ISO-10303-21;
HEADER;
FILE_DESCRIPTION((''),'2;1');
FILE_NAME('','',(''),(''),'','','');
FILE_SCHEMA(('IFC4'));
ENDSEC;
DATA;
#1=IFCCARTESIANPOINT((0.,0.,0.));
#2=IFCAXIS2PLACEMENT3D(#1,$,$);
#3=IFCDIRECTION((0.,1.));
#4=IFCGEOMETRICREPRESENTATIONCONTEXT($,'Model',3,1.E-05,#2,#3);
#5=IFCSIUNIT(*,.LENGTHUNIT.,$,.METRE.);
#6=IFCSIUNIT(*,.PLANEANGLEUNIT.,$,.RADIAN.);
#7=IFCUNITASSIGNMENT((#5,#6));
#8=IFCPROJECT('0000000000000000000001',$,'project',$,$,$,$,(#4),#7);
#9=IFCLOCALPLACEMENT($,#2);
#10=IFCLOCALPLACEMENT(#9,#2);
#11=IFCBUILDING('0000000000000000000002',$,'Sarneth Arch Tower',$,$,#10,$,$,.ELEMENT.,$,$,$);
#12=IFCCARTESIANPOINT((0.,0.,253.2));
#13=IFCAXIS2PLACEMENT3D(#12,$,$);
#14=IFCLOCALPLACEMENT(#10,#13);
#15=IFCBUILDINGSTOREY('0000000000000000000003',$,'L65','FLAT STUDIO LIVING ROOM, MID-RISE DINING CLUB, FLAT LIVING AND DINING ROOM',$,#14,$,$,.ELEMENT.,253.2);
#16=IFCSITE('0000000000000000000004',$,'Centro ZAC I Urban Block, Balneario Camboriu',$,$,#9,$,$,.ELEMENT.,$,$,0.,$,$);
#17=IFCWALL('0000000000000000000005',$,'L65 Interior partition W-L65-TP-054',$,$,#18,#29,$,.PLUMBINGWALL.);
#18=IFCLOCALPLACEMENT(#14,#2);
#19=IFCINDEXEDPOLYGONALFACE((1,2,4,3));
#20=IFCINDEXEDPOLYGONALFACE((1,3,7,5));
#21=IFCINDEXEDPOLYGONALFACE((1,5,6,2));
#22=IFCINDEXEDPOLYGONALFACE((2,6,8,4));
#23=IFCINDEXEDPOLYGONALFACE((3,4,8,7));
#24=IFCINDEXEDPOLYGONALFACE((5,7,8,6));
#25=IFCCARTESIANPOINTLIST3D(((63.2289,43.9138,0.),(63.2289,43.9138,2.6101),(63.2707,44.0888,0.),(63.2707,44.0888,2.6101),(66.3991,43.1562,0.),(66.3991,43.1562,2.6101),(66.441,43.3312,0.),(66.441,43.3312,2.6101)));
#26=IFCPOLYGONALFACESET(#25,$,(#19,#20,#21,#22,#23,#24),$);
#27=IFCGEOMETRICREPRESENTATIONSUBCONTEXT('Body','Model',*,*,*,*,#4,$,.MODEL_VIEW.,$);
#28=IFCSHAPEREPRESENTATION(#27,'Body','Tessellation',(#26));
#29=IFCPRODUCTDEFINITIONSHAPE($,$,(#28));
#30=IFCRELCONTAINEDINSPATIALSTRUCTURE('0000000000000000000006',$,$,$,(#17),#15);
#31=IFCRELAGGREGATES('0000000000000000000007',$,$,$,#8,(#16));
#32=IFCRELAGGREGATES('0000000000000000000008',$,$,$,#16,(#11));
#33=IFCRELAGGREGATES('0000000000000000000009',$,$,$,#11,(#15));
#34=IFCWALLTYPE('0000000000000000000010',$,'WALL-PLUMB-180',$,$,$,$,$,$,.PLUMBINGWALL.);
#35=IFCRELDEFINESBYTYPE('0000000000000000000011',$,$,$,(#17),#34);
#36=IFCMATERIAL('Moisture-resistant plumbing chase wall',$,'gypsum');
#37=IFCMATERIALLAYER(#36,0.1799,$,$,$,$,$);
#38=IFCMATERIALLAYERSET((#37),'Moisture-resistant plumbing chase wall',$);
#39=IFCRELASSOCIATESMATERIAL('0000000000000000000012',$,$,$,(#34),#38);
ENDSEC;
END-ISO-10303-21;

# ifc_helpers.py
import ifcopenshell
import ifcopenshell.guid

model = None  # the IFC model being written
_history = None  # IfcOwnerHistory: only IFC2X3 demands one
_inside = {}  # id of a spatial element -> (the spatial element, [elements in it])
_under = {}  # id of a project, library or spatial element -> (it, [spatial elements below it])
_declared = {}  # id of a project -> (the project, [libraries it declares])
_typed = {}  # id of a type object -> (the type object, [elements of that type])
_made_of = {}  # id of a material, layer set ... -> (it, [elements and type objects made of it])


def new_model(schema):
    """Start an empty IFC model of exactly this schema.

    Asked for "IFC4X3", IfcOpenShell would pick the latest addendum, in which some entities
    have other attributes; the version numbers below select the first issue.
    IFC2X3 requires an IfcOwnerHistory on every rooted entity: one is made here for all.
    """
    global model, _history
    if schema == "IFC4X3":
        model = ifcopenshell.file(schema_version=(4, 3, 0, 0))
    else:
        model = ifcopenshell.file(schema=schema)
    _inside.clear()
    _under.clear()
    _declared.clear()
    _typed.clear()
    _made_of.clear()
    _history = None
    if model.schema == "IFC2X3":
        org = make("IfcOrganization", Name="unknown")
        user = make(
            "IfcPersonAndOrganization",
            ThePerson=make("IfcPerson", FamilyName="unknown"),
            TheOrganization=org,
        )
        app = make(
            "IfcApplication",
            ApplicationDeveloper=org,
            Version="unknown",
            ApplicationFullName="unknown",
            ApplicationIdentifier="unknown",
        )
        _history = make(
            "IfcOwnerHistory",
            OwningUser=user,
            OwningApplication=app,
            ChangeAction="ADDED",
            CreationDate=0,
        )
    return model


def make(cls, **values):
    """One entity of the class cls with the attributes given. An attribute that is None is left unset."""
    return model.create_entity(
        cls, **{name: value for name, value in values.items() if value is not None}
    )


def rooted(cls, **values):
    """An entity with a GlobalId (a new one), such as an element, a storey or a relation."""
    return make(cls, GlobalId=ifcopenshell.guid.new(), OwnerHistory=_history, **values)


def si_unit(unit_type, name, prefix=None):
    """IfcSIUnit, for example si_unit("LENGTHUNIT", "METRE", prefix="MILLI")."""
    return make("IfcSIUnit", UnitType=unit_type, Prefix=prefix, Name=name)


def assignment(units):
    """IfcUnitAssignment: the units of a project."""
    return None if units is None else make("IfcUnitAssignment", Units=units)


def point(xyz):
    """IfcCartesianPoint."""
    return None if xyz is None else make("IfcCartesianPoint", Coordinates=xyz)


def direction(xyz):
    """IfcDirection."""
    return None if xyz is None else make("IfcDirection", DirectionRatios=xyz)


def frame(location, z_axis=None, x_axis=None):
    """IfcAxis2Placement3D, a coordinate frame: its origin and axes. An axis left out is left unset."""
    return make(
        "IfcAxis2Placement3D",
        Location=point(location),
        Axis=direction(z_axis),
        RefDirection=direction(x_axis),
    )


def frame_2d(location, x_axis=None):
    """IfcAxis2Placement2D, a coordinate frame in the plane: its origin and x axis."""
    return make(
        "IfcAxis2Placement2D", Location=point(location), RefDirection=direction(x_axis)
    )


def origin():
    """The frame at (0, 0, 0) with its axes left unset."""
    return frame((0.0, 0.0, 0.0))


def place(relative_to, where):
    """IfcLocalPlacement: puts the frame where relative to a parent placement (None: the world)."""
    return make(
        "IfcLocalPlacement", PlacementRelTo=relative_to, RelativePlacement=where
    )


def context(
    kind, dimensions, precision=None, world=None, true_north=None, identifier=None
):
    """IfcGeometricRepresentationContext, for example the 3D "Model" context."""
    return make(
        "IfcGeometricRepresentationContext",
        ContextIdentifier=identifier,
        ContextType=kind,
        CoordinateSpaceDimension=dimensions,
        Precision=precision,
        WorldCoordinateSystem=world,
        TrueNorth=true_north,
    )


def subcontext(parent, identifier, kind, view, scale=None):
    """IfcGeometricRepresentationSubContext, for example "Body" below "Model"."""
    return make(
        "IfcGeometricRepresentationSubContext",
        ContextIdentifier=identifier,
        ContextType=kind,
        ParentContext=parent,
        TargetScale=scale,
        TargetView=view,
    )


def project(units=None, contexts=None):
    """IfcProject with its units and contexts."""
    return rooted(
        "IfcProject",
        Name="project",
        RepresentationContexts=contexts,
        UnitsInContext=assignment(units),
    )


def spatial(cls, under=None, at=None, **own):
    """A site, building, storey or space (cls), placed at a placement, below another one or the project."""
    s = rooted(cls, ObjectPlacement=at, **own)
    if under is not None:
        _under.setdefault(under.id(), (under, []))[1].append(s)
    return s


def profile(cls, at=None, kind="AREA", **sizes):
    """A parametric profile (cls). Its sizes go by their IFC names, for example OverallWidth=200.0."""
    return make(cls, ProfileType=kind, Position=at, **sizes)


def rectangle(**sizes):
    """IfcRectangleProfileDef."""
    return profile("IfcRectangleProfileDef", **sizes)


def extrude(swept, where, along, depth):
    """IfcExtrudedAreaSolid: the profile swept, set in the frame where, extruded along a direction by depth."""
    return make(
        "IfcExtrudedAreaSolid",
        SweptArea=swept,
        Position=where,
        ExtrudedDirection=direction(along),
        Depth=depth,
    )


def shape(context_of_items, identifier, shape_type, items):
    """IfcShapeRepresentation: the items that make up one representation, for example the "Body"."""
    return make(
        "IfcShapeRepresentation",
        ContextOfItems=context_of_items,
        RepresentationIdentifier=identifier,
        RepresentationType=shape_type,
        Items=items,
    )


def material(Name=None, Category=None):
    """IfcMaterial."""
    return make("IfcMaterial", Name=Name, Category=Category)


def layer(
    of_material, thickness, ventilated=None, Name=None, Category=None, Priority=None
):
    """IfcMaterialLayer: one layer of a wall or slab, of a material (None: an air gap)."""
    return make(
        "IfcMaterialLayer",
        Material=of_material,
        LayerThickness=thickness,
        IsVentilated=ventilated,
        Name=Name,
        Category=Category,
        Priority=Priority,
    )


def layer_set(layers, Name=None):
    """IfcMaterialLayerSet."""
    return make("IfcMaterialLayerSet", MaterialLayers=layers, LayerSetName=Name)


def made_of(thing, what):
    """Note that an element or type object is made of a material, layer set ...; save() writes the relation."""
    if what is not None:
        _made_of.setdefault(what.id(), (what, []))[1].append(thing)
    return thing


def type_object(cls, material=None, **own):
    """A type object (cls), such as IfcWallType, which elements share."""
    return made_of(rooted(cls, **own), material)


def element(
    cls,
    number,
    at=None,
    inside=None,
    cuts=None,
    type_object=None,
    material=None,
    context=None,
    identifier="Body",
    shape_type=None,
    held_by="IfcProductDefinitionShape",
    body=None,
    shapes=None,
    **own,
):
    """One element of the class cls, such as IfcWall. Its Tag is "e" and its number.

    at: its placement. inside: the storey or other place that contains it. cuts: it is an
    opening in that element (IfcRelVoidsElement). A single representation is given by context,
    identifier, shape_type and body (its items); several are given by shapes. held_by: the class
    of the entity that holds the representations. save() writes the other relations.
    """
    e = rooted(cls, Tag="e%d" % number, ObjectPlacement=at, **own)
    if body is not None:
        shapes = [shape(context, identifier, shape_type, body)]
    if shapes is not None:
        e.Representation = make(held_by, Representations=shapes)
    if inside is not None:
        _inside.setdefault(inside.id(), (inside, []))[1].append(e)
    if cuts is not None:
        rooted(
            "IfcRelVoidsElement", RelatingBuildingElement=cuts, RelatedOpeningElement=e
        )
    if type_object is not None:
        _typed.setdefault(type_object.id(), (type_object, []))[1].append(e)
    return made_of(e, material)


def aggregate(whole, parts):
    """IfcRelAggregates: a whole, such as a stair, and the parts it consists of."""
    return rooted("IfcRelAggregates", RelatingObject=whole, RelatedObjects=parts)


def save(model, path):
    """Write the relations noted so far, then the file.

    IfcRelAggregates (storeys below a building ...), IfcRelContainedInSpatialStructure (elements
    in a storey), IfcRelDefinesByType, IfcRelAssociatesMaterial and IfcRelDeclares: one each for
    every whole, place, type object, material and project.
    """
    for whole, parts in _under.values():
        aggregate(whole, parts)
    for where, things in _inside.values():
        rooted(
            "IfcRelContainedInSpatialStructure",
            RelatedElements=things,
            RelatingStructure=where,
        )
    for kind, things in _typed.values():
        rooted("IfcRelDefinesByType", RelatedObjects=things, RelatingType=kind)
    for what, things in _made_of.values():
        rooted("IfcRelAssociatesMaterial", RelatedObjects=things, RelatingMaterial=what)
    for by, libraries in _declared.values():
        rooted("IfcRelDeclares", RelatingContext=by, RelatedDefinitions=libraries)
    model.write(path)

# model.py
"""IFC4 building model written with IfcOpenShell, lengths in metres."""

from ifc_helpers import new_model, si_unit, direction, frame, frame_2d, origin, place, context, subcontext, project, spatial, rectangle, extrude, material, layer, layer_set, type_object, element, save


model = new_model("IFC4")

# Units and contexts
model_context = context("Model", 3, precision=1e-05, world=origin(), true_north=direction((0.0, 1.0)))
body_context = subcontext(model_context, "Body", "Model", "MODEL_VIEW")
ifc_project = project(units=[si_unit("LENGTHUNIT", "METRE"), si_unit("PLANEANGLEUNIT", "RADIAN")], contexts=[model_context])

# Site, building, storey
site_placement = place(None, origin())
site = spatial("IfcSite", under=ifc_project, at=site_placement, Name="Centro ZAC I Urban Block, Balneario Camboriu", CompositionType="ELEMENT", RefElevation=0.0)
building_placement = place(site_placement, origin())
building = spatial("IfcBuilding", under=site, at=building_placement, Name="Sarneth Arch Tower", CompositionType="ELEMENT")
storey_placement = place(building_placement, frame((0.0, 0.0, 253.2)))
storey = spatial("IfcBuildingStorey", under=building, at=storey_placement, Name="L65", Description="FLAT STUDIO LIVING ROOM, MID-RISE DINING CLUB, FLAT LIVING AND DINING ROOM", CompositionType="ELEMENT", Elevation=253.2)

# Wall
ifc_material_1 = material(Name="Moisture-resistant plumbing chase wall", Category="gypsum")
ifc_layer_1 = layer(ifc_material_1, 0.1799)
ifc_layer_set_1 = layer_set([ifc_layer_1], Name="Moisture-resistant plumbing chase wall")
wall_type_1 = type_object("IfcWallType", Name="WALL-PLUMB-180", PredefinedType="PLUMBINGWALL", material=ifc_layer_set_1)
wall_1_placement = place(storey_placement, frame((66.4202, 43.2437, 0.0), z_axis=(0.0, 0.0, 1.0), x_axis=(-0.972615, 0.232424, 0.0)))
element("IfcWall", 1, at=wall_1_placement, inside=storey, type_object=wall_type_1, Name="L65 Interior partition W-L65-TP-054", PredefinedType="PLUMBINGWALL", context=body_context, shape_type="SweptSolid", body=[
    extrude(rectangle(XDim=3.2595, YDim=0.1799, at=frame_2d((1.6299, 0.0))), origin(), (0.0, 0.0, 1.0), 2.6101),
])

save(model, "model.ifc")
